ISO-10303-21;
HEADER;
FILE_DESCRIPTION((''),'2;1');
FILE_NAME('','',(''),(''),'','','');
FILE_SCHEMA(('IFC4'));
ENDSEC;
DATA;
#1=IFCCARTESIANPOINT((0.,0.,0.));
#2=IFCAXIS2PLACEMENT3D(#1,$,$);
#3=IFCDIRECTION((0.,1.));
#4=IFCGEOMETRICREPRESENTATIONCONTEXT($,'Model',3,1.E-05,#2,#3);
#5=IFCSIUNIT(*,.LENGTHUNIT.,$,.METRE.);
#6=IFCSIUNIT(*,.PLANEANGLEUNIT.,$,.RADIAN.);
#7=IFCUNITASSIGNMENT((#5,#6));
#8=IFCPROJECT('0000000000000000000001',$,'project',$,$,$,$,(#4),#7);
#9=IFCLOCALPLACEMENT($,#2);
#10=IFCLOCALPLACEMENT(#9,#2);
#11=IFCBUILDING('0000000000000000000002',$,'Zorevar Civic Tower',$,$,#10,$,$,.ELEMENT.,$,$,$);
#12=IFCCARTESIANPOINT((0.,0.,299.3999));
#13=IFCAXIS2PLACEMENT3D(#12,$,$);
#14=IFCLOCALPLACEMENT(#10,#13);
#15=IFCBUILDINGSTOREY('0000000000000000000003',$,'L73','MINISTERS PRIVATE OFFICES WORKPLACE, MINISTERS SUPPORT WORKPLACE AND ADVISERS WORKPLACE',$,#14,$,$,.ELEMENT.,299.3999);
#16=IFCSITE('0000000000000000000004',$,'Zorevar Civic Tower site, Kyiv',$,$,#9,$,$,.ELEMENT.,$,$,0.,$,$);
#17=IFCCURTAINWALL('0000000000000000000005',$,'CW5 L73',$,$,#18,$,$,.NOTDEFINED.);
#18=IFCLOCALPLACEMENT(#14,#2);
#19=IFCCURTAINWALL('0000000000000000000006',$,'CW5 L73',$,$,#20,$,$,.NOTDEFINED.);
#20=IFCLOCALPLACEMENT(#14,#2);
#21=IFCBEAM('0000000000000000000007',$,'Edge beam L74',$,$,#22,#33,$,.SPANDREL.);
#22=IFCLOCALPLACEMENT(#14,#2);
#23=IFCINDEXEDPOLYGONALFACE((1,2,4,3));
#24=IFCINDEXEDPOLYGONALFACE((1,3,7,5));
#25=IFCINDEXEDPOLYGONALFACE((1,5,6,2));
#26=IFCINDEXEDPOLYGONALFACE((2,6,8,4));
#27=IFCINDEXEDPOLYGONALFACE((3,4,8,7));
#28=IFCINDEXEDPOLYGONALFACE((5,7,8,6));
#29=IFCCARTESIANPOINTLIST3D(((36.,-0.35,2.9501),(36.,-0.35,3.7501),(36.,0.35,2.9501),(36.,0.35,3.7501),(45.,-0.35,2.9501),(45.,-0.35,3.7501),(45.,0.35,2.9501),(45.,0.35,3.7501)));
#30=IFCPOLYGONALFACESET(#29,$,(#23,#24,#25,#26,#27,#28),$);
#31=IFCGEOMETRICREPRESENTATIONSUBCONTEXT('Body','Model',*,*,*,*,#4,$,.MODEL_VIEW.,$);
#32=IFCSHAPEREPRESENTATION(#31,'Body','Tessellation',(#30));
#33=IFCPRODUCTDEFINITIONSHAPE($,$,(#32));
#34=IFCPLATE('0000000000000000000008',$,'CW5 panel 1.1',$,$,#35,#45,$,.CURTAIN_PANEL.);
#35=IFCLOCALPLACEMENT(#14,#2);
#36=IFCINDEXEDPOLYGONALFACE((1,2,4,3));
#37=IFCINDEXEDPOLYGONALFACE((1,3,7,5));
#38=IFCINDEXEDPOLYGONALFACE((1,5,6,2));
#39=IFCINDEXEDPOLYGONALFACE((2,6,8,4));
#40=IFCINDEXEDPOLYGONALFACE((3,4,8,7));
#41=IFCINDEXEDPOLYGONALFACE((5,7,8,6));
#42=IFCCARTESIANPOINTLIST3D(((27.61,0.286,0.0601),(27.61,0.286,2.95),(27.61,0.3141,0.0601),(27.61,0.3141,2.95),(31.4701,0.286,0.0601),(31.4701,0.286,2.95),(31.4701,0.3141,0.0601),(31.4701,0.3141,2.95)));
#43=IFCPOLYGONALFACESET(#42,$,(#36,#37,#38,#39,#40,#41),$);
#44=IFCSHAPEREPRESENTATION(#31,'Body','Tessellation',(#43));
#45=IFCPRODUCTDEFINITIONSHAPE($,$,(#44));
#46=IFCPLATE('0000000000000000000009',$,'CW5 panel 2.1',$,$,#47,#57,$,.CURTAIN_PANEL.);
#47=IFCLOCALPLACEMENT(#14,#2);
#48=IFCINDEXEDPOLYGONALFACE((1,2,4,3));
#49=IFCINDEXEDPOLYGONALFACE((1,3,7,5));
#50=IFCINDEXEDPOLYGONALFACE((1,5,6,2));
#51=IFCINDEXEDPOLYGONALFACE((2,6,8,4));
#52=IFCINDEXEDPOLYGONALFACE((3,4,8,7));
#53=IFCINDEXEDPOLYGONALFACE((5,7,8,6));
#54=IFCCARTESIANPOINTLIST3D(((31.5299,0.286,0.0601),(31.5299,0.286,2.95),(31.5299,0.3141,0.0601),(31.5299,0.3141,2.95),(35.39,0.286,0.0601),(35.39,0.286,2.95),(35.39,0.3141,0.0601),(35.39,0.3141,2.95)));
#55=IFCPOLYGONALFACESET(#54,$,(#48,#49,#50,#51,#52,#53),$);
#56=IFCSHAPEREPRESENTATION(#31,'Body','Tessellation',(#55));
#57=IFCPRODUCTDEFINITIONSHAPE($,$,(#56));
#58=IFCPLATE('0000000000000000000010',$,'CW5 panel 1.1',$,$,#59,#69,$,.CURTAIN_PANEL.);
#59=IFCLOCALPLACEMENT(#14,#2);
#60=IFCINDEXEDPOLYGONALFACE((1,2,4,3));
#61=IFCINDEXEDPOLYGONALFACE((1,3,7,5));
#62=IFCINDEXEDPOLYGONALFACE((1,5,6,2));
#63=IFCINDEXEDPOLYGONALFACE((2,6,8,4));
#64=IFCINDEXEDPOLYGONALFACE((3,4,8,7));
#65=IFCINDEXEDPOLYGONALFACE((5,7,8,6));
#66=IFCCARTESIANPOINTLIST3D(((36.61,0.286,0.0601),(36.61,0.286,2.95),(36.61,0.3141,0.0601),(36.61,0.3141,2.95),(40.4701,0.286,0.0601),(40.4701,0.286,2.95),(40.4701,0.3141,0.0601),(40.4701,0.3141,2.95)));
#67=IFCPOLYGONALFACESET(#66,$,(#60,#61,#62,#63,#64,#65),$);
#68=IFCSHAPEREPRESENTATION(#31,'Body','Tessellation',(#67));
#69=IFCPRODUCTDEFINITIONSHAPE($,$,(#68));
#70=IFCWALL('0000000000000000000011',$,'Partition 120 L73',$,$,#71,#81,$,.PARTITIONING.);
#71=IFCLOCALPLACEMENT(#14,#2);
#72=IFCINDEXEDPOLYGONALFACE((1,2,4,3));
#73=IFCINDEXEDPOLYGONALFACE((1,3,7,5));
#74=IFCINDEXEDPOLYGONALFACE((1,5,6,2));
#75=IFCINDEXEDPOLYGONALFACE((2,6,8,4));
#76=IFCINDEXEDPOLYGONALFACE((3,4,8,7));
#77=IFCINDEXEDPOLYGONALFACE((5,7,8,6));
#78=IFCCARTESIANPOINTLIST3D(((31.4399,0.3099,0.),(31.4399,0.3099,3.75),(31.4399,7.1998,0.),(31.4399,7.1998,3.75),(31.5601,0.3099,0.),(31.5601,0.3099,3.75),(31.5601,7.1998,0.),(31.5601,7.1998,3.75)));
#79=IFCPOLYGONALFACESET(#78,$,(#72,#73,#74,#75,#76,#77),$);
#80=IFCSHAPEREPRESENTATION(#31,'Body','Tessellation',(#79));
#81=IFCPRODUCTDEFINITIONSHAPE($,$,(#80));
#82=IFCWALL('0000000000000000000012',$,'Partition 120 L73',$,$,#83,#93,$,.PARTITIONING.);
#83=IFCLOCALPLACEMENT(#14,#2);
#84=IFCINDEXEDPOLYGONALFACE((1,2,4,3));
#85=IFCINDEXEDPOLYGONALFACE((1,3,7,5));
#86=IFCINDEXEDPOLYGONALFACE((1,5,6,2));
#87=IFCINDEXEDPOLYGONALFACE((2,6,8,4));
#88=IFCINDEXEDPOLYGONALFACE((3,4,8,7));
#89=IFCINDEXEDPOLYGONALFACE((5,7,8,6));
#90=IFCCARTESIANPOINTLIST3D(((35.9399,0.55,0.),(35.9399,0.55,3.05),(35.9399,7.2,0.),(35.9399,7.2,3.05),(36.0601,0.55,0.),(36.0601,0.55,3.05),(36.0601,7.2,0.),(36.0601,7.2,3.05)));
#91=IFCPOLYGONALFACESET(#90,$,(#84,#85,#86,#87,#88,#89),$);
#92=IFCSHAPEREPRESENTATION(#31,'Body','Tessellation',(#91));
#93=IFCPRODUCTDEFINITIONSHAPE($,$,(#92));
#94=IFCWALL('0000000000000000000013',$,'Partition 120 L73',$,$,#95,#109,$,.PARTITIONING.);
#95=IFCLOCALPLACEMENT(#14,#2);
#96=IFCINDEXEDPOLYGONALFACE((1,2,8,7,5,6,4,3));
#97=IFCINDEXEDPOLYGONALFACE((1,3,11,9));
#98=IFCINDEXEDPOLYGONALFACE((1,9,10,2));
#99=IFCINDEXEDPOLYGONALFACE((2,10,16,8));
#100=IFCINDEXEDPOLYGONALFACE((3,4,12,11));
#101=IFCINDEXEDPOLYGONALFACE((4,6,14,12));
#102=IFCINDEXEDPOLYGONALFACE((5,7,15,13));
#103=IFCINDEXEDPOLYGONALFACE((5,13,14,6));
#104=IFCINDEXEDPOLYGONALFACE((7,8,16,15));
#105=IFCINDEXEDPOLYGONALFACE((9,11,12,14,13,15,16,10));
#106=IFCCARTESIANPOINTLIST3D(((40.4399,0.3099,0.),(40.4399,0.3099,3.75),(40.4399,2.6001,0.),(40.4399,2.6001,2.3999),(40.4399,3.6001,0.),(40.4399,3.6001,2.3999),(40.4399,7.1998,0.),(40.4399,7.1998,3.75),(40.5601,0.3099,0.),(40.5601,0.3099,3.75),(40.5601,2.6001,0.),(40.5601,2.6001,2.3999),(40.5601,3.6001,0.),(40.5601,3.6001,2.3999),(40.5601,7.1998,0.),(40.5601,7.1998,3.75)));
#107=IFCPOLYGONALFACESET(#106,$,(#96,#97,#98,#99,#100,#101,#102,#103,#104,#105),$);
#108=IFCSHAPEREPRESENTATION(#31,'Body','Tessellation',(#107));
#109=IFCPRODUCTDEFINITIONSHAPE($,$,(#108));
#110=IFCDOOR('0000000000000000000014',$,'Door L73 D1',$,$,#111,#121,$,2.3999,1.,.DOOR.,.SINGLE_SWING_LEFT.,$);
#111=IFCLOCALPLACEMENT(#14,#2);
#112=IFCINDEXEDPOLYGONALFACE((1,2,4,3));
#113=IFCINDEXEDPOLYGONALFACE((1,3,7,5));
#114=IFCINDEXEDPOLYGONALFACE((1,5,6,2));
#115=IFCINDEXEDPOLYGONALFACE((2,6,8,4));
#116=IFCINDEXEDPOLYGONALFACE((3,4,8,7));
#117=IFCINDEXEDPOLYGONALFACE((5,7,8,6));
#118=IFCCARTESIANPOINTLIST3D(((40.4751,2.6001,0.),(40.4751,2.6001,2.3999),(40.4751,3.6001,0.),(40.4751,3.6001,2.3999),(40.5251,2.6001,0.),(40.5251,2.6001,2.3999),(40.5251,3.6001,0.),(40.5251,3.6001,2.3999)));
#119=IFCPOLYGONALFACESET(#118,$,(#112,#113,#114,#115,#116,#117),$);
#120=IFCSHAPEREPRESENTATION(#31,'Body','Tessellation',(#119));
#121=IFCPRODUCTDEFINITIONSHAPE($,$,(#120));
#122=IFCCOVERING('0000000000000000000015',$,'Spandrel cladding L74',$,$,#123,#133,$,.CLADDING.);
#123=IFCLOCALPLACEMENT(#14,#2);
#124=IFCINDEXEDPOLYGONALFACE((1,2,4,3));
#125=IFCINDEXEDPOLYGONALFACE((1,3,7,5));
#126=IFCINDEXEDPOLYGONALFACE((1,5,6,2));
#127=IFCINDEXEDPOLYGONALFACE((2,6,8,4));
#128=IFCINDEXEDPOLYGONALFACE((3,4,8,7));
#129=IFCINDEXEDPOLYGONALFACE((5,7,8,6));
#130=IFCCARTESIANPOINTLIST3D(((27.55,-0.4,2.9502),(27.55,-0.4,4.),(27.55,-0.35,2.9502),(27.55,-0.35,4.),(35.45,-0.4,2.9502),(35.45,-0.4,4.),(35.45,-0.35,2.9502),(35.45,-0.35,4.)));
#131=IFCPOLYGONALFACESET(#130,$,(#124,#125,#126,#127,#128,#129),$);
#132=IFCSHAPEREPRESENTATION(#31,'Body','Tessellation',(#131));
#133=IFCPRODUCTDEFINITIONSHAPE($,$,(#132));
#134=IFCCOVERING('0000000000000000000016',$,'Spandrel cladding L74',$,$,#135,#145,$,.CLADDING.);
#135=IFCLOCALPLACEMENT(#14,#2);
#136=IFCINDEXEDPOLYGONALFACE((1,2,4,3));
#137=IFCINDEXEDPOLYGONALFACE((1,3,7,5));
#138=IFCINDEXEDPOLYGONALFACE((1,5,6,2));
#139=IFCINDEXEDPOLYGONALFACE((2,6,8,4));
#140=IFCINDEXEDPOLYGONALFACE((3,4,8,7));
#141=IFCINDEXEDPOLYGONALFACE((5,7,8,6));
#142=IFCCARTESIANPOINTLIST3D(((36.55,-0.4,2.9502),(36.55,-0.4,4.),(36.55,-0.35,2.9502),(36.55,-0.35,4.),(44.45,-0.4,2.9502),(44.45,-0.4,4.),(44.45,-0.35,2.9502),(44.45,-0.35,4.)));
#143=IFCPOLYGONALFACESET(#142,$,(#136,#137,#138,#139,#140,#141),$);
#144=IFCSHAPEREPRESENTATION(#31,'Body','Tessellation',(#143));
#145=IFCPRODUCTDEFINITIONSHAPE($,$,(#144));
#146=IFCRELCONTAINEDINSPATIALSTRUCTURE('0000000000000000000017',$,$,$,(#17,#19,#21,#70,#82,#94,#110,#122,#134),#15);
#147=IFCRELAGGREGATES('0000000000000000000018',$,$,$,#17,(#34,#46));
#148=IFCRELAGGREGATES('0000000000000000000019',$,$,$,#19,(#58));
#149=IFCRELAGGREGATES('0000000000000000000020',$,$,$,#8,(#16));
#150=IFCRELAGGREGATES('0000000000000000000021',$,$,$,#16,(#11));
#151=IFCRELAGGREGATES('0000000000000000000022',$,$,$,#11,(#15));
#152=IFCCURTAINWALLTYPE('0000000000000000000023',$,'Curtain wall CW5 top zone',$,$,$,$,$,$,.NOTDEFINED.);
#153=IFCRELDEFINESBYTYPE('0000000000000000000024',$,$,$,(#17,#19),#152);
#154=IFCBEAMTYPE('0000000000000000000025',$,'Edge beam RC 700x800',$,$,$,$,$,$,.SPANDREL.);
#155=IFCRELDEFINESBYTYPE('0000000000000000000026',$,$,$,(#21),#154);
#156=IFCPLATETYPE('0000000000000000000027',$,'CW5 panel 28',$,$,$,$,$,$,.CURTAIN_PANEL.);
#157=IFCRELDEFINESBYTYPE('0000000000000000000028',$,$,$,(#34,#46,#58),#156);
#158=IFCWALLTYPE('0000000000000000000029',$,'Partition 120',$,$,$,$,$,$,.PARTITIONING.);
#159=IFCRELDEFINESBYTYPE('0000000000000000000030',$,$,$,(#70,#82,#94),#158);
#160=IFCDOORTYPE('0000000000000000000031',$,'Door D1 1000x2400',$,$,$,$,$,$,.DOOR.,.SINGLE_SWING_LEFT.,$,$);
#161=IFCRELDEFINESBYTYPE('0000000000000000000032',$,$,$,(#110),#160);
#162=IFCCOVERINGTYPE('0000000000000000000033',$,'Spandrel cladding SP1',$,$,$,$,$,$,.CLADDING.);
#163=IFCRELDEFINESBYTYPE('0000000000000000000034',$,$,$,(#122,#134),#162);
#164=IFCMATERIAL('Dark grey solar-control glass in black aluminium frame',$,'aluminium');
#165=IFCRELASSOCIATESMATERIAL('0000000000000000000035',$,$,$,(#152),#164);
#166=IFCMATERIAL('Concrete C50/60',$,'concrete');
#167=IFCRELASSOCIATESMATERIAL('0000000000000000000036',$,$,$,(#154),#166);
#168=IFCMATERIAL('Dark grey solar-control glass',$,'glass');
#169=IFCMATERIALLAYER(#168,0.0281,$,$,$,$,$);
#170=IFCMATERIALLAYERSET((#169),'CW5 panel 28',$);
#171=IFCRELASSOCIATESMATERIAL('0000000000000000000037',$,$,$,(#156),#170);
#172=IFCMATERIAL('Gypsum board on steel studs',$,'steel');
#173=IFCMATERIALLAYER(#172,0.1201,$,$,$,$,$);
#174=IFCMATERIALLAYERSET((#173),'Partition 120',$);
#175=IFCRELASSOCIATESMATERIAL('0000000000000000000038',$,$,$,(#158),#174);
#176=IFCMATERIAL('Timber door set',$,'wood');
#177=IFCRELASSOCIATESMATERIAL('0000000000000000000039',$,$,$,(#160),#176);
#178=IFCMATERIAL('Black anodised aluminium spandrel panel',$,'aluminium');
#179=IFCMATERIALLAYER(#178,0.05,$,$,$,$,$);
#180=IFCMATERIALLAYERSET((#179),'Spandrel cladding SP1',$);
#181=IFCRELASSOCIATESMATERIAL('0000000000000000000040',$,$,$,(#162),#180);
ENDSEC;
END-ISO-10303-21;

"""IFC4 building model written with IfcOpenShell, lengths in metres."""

from ifc_helpers import new_model, si_unit, direction, frame, frame_2d, origin, origin_2d, place, context, subcontext, project, spatial, rectangle, extrude, material, layer, layer_set, material_profile, profile_set, type_object, element, fill, aggregate, save


model = new_model("IFC4")

# Units and contexts
model_context = context("Model", 3, precision=1e-05, world=origin(), true_north=direction((0.0, 1.0)))
body_context = subcontext(model_context, "Body", "Model", "MODEL_VIEW")
ifc_project = project(units=[si_unit("LENGTHUNIT", "METRE"), si_unit("PLANEANGLEUNIT", "RADIAN")], contexts=[model_context])

# Site, building, storey
site_placement = place(None, origin())
site = spatial("IfcSite", under=ifc_project, at=site_placement, Name="Zorevar Civic Tower site, Kyiv", CompositionType="ELEMENT", RefElevation=0.0)
building_placement = place(site_placement, origin())
building = spatial("IfcBuilding", under=site, at=building_placement, Name="Zorevar Civic Tower", CompositionType="ELEMENT")
storey_placement = place(building_placement, frame((0.0, 0.0, 299.3999)))
storey = spatial("IfcBuildingStorey", under=building, at=storey_placement, Name="L73", Description="MINISTERS PRIVATE OFFICES WORKPLACE, MINISTERS SUPPORT WORKPLACE AND ADVISERS WORKPLACE", CompositionType="ELEMENT", Elevation=299.3999)

# Curtain walls
ifc_material_1 = material(Name="Dark grey solar-control glass in black aluminium frame", Category="aluminium")
curtain_wall_type = type_object("IfcCurtainWallType", Name="Curtain wall CW5 top zone", PredefinedType="NOTDEFINED", material=ifc_material_1)
curtain_wall_1_placement = place(storey_placement, origin())
curtain_wall_1 = element("IfcCurtainWall", 1, at=curtain_wall_1_placement, inside=storey, type_object=curtain_wall_type, Name="CW5 L73", PredefinedType="NOTDEFINED")
curtain_wall_2_placement = place(storey_placement, origin())
curtain_wall_2 = element("IfcCurtainWall", 2, at=curtain_wall_2_placement, inside=storey, type_object=curtain_wall_type, Name="CW5 L73", PredefinedType="NOTDEFINED")

# Beam
ifc_material_2 = material(Name="Concrete C50/60", Category="concrete")
ifc_material_profile_1 = material_profile(ifc_material_2, rectangle(XDim=0.7, YDim=0.8, at=origin_2d()), Name="RC 700x800")
ifc_profile_set_1 = profile_set([ifc_material_profile_1], Name="Concrete C50/60")
beam_type_1 = type_object("IfcBeamType", Name="Edge beam RC 700x800", PredefinedType="SPANDREL", material=ifc_profile_set_1)
beam_1_placement = place(storey_placement, frame((36.0, 0.0, 3.3501), z_axis=(1.0, 0.0, 0.0), x_axis=(0.0, 1.0, 0.0)))
element("IfcBeam", 3, at=beam_1_placement, inside=storey, type_object=beam_type_1, Name="Edge beam L74", PredefinedType="SPANDREL", context=body_context, shape_type="SweptSolid", body=[
    extrude(rectangle(XDim=0.7, YDim=0.8, at=origin_2d()), origin(), (0.0, 0.0, 1.0), 9.0),
])

# Plates
ifc_material_3 = material(Name="Dark grey solar-control glass", Category="glass")
ifc_layer_1 = layer(ifc_material_3, 0.0281)
ifc_layer_set_1 = layer_set([ifc_layer_1], Name="CW5 panel 28")
plate_type = type_object("IfcPlateType", Name="CW5 panel 28", PredefinedType="CURTAIN_PANEL", material=ifc_layer_set_1)
plate_1_placement = place(storey_placement, frame((29.54, 0.3, 0.0601), z_axis=(0.0, 0.0, 1.0), x_axis=(1.0, 0.0, 0.0)))
plate_1 = element("IfcPlate", 4, at=plate_1_placement, type_object=plate_type, Name="CW5 panel 1.1", PredefinedType="CURTAIN_PANEL", context=body_context, shape_type="SweptSolid", body=[
    extrude(rectangle(XDim=3.8601, YDim=0.0281, at=origin_2d()), origin(), (0.0, 0.0, 1.0), 2.8899),
])
plate_2_placement = place(storey_placement, frame((33.46, 0.3, 0.0601), z_axis=(0.0, 0.0, 1.0), x_axis=(1.0, 0.0, 0.0)))
plate_2 = element("IfcPlate", 5, at=plate_2_placement, type_object=plate_type, Name="CW5 panel 2.1", PredefinedType="CURTAIN_PANEL", context=body_context, shape_type="SweptSolid", body=[
    extrude(rectangle(XDim=3.8601, YDim=0.0281, at=origin_2d()), origin(), (0.0, 0.0, 1.0), 2.8899),
])
aggregate(curtain_wall_1, [plate_1, plate_2])
plate_3_placement = place(storey_placement, frame((38.54, 0.3, 0.0601), z_axis=(0.0, 0.0, 1.0), x_axis=(1.0, 0.0, 0.0)))
plate_3 = element("IfcPlate", 6, at=plate_3_placement, type_object=plate_type, Name="CW5 panel 1.1", PredefinedType="CURTAIN_PANEL", context=body_context, shape_type="SweptSolid", body=[
    extrude(rectangle(XDim=3.8601, YDim=0.0281, at=origin_2d()), origin(), (0.0, 0.0, 1.0), 2.8899),
])
aggregate(curtain_wall_2, [plate_3])

# Walls
ifc_material_4 = material(Name="Gypsum board on steel studs", Category="steel")
ifc_layer_2 = layer(ifc_material_4, 0.1201)
ifc_layer_set_2 = layer_set([ifc_layer_2], Name="Partition 120")
wall_type = type_object("IfcWallType", Name="Partition 120", PredefinedType="PARTITIONING", material=ifc_layer_set_2)
wall_1_placement = place(storey_placement, frame((31.5, 0.3101, 0.0), z_axis=(0.0, 0.0, 1.0), x_axis=(0.0, 1.0, 0.0)))
element("IfcWall", 7, at=wall_1_placement, inside=storey, type_object=wall_type, Name="Partition 120 L73", PredefinedType="PARTITIONING", context=body_context, shape_type="SweptSolid", body=[
    extrude(rectangle(XDim=6.8899, YDim=0.1201, at=frame_2d((3.4448, 0.0))), origin(), (0.0, 0.0, 1.0), 3.75),
])
wall_2_placement = place(storey_placement, frame((36.0, 0.55, 0.0), z_axis=(0.0, 0.0, 1.0), x_axis=(0.0, 1.0, 0.0)))
element("IfcWall", 8, at=wall_2_placement, inside=storey, type_object=wall_type, Name="Partition 120 L73", PredefinedType="PARTITIONING", context=body_context, shape_type="SweptSolid", body=[
    extrude(rectangle(XDim=6.6499, YDim=0.1201, at=frame_2d((3.325, 0.0))), origin(), (0.0, 0.0, 1.0), 3.05),
])

# Wall, opening, door
wall_3_placement = place(storey_placement, frame((40.5, 0.3101, 0.0), z_axis=(0.0, 0.0, 1.0), x_axis=(0.0, 1.0, 0.0)))
wall_3 = element("IfcWall", 9, at=wall_3_placement, inside=storey, type_object=wall_type, Name="Partition 120 L73", PredefinedType="PARTITIONING", context=body_context, shape_type="SweptSolid", body=[
    extrude(rectangle(XDim=6.8899, YDim=0.1201, at=frame_2d((3.4448, 0.0))), origin(), (0.0, 0.0, 1.0), 3.75),
])
opening_placement = place(wall_3_placement, frame((2.29, 0.0, 0.0)))
opening = element("IfcOpeningElement", 10, at=opening_placement, cuts=wall_3, PredefinedType="OPENING", context=body_context, shape_type="SweptSolid", body=[
    extrude(rectangle(XDim=1.0, YDim=2.3999, at=frame_2d((0.5, 1.2))), frame((0.0, 0.0701, 0.0), z_axis=(0.0, -1.0, 0.0), x_axis=(1.0, 0.0, 0.0)), (0.0, 0.0, 1.0), 0.1401),
])
ifc_material_5 = material(Name="Timber door set", Category="wood")
door_type = type_object("IfcDoorType", Name="Door D1 1000x2400", OperationType="SINGLE_SWING_LEFT", PredefinedType="DOOR", material=ifc_material_5)
door_placement = place(opening_placement, origin())
door = element("IfcDoor", 11, at=door_placement, inside=storey, type_object=door_type, Name="Door L73 D1", OperationType="SINGLE_SWING_LEFT", OverallHeight=2.3999, OverallWidth=1.0, PredefinedType="DOOR", context=body_context, shape_type="SweptSolid", body=[
    extrude(rectangle(XDim=1.0, YDim=2.3999, at=frame_2d((0.5, 1.2))), frame((0.0, 0.0249, 0.0), z_axis=(0.0, -1.0, 0.0), x_axis=(1.0, 0.0, 0.0)), (0.0, 0.0, 1.0), 0.05),
])
fill(opening, door)

# Coverings
ifc_material_6 = material(Name="Black anodised aluminium spandrel panel", Category="aluminium")
ifc_layer_3 = layer(ifc_material_6, 0.05)
ifc_layer_set_3 = layer_set([ifc_layer_3], Name="Spandrel cladding SP1")
covering_type = type_object("IfcCoveringType", Name="Spandrel cladding SP1", PredefinedType="CLADDING", material=ifc_layer_set_3)
for number, where, z_axis, x_axis, name in (
    (12, (27.55, -0.375, 2.9502), (0.0, 0.0, 1.0), (1.0, 0.0, 0.0), "Spandrel cladding L74"),
    (13, (36.55, -0.375, 2.9502), (0.0, 0.0, 1.0), (1.0, 0.0, 0.0), "Spandrel cladding L74"),
):
    element("IfcCovering", number, at=place(storey_placement, frame(where, z_axis=z_axis, x_axis=x_axis)), inside=storey, type_object=covering_type, Name=name, PredefinedType="CLADDING", context=body_context, shape_type="SweptSolid", body=[
        extrude(rectangle(XDim=7.8999, YDim=0.05, at=frame_2d((3.95, 0.0))), origin(), (0.0, 0.0, 1.0), 1.0498),
    ])

save(model, "model.ifc")
